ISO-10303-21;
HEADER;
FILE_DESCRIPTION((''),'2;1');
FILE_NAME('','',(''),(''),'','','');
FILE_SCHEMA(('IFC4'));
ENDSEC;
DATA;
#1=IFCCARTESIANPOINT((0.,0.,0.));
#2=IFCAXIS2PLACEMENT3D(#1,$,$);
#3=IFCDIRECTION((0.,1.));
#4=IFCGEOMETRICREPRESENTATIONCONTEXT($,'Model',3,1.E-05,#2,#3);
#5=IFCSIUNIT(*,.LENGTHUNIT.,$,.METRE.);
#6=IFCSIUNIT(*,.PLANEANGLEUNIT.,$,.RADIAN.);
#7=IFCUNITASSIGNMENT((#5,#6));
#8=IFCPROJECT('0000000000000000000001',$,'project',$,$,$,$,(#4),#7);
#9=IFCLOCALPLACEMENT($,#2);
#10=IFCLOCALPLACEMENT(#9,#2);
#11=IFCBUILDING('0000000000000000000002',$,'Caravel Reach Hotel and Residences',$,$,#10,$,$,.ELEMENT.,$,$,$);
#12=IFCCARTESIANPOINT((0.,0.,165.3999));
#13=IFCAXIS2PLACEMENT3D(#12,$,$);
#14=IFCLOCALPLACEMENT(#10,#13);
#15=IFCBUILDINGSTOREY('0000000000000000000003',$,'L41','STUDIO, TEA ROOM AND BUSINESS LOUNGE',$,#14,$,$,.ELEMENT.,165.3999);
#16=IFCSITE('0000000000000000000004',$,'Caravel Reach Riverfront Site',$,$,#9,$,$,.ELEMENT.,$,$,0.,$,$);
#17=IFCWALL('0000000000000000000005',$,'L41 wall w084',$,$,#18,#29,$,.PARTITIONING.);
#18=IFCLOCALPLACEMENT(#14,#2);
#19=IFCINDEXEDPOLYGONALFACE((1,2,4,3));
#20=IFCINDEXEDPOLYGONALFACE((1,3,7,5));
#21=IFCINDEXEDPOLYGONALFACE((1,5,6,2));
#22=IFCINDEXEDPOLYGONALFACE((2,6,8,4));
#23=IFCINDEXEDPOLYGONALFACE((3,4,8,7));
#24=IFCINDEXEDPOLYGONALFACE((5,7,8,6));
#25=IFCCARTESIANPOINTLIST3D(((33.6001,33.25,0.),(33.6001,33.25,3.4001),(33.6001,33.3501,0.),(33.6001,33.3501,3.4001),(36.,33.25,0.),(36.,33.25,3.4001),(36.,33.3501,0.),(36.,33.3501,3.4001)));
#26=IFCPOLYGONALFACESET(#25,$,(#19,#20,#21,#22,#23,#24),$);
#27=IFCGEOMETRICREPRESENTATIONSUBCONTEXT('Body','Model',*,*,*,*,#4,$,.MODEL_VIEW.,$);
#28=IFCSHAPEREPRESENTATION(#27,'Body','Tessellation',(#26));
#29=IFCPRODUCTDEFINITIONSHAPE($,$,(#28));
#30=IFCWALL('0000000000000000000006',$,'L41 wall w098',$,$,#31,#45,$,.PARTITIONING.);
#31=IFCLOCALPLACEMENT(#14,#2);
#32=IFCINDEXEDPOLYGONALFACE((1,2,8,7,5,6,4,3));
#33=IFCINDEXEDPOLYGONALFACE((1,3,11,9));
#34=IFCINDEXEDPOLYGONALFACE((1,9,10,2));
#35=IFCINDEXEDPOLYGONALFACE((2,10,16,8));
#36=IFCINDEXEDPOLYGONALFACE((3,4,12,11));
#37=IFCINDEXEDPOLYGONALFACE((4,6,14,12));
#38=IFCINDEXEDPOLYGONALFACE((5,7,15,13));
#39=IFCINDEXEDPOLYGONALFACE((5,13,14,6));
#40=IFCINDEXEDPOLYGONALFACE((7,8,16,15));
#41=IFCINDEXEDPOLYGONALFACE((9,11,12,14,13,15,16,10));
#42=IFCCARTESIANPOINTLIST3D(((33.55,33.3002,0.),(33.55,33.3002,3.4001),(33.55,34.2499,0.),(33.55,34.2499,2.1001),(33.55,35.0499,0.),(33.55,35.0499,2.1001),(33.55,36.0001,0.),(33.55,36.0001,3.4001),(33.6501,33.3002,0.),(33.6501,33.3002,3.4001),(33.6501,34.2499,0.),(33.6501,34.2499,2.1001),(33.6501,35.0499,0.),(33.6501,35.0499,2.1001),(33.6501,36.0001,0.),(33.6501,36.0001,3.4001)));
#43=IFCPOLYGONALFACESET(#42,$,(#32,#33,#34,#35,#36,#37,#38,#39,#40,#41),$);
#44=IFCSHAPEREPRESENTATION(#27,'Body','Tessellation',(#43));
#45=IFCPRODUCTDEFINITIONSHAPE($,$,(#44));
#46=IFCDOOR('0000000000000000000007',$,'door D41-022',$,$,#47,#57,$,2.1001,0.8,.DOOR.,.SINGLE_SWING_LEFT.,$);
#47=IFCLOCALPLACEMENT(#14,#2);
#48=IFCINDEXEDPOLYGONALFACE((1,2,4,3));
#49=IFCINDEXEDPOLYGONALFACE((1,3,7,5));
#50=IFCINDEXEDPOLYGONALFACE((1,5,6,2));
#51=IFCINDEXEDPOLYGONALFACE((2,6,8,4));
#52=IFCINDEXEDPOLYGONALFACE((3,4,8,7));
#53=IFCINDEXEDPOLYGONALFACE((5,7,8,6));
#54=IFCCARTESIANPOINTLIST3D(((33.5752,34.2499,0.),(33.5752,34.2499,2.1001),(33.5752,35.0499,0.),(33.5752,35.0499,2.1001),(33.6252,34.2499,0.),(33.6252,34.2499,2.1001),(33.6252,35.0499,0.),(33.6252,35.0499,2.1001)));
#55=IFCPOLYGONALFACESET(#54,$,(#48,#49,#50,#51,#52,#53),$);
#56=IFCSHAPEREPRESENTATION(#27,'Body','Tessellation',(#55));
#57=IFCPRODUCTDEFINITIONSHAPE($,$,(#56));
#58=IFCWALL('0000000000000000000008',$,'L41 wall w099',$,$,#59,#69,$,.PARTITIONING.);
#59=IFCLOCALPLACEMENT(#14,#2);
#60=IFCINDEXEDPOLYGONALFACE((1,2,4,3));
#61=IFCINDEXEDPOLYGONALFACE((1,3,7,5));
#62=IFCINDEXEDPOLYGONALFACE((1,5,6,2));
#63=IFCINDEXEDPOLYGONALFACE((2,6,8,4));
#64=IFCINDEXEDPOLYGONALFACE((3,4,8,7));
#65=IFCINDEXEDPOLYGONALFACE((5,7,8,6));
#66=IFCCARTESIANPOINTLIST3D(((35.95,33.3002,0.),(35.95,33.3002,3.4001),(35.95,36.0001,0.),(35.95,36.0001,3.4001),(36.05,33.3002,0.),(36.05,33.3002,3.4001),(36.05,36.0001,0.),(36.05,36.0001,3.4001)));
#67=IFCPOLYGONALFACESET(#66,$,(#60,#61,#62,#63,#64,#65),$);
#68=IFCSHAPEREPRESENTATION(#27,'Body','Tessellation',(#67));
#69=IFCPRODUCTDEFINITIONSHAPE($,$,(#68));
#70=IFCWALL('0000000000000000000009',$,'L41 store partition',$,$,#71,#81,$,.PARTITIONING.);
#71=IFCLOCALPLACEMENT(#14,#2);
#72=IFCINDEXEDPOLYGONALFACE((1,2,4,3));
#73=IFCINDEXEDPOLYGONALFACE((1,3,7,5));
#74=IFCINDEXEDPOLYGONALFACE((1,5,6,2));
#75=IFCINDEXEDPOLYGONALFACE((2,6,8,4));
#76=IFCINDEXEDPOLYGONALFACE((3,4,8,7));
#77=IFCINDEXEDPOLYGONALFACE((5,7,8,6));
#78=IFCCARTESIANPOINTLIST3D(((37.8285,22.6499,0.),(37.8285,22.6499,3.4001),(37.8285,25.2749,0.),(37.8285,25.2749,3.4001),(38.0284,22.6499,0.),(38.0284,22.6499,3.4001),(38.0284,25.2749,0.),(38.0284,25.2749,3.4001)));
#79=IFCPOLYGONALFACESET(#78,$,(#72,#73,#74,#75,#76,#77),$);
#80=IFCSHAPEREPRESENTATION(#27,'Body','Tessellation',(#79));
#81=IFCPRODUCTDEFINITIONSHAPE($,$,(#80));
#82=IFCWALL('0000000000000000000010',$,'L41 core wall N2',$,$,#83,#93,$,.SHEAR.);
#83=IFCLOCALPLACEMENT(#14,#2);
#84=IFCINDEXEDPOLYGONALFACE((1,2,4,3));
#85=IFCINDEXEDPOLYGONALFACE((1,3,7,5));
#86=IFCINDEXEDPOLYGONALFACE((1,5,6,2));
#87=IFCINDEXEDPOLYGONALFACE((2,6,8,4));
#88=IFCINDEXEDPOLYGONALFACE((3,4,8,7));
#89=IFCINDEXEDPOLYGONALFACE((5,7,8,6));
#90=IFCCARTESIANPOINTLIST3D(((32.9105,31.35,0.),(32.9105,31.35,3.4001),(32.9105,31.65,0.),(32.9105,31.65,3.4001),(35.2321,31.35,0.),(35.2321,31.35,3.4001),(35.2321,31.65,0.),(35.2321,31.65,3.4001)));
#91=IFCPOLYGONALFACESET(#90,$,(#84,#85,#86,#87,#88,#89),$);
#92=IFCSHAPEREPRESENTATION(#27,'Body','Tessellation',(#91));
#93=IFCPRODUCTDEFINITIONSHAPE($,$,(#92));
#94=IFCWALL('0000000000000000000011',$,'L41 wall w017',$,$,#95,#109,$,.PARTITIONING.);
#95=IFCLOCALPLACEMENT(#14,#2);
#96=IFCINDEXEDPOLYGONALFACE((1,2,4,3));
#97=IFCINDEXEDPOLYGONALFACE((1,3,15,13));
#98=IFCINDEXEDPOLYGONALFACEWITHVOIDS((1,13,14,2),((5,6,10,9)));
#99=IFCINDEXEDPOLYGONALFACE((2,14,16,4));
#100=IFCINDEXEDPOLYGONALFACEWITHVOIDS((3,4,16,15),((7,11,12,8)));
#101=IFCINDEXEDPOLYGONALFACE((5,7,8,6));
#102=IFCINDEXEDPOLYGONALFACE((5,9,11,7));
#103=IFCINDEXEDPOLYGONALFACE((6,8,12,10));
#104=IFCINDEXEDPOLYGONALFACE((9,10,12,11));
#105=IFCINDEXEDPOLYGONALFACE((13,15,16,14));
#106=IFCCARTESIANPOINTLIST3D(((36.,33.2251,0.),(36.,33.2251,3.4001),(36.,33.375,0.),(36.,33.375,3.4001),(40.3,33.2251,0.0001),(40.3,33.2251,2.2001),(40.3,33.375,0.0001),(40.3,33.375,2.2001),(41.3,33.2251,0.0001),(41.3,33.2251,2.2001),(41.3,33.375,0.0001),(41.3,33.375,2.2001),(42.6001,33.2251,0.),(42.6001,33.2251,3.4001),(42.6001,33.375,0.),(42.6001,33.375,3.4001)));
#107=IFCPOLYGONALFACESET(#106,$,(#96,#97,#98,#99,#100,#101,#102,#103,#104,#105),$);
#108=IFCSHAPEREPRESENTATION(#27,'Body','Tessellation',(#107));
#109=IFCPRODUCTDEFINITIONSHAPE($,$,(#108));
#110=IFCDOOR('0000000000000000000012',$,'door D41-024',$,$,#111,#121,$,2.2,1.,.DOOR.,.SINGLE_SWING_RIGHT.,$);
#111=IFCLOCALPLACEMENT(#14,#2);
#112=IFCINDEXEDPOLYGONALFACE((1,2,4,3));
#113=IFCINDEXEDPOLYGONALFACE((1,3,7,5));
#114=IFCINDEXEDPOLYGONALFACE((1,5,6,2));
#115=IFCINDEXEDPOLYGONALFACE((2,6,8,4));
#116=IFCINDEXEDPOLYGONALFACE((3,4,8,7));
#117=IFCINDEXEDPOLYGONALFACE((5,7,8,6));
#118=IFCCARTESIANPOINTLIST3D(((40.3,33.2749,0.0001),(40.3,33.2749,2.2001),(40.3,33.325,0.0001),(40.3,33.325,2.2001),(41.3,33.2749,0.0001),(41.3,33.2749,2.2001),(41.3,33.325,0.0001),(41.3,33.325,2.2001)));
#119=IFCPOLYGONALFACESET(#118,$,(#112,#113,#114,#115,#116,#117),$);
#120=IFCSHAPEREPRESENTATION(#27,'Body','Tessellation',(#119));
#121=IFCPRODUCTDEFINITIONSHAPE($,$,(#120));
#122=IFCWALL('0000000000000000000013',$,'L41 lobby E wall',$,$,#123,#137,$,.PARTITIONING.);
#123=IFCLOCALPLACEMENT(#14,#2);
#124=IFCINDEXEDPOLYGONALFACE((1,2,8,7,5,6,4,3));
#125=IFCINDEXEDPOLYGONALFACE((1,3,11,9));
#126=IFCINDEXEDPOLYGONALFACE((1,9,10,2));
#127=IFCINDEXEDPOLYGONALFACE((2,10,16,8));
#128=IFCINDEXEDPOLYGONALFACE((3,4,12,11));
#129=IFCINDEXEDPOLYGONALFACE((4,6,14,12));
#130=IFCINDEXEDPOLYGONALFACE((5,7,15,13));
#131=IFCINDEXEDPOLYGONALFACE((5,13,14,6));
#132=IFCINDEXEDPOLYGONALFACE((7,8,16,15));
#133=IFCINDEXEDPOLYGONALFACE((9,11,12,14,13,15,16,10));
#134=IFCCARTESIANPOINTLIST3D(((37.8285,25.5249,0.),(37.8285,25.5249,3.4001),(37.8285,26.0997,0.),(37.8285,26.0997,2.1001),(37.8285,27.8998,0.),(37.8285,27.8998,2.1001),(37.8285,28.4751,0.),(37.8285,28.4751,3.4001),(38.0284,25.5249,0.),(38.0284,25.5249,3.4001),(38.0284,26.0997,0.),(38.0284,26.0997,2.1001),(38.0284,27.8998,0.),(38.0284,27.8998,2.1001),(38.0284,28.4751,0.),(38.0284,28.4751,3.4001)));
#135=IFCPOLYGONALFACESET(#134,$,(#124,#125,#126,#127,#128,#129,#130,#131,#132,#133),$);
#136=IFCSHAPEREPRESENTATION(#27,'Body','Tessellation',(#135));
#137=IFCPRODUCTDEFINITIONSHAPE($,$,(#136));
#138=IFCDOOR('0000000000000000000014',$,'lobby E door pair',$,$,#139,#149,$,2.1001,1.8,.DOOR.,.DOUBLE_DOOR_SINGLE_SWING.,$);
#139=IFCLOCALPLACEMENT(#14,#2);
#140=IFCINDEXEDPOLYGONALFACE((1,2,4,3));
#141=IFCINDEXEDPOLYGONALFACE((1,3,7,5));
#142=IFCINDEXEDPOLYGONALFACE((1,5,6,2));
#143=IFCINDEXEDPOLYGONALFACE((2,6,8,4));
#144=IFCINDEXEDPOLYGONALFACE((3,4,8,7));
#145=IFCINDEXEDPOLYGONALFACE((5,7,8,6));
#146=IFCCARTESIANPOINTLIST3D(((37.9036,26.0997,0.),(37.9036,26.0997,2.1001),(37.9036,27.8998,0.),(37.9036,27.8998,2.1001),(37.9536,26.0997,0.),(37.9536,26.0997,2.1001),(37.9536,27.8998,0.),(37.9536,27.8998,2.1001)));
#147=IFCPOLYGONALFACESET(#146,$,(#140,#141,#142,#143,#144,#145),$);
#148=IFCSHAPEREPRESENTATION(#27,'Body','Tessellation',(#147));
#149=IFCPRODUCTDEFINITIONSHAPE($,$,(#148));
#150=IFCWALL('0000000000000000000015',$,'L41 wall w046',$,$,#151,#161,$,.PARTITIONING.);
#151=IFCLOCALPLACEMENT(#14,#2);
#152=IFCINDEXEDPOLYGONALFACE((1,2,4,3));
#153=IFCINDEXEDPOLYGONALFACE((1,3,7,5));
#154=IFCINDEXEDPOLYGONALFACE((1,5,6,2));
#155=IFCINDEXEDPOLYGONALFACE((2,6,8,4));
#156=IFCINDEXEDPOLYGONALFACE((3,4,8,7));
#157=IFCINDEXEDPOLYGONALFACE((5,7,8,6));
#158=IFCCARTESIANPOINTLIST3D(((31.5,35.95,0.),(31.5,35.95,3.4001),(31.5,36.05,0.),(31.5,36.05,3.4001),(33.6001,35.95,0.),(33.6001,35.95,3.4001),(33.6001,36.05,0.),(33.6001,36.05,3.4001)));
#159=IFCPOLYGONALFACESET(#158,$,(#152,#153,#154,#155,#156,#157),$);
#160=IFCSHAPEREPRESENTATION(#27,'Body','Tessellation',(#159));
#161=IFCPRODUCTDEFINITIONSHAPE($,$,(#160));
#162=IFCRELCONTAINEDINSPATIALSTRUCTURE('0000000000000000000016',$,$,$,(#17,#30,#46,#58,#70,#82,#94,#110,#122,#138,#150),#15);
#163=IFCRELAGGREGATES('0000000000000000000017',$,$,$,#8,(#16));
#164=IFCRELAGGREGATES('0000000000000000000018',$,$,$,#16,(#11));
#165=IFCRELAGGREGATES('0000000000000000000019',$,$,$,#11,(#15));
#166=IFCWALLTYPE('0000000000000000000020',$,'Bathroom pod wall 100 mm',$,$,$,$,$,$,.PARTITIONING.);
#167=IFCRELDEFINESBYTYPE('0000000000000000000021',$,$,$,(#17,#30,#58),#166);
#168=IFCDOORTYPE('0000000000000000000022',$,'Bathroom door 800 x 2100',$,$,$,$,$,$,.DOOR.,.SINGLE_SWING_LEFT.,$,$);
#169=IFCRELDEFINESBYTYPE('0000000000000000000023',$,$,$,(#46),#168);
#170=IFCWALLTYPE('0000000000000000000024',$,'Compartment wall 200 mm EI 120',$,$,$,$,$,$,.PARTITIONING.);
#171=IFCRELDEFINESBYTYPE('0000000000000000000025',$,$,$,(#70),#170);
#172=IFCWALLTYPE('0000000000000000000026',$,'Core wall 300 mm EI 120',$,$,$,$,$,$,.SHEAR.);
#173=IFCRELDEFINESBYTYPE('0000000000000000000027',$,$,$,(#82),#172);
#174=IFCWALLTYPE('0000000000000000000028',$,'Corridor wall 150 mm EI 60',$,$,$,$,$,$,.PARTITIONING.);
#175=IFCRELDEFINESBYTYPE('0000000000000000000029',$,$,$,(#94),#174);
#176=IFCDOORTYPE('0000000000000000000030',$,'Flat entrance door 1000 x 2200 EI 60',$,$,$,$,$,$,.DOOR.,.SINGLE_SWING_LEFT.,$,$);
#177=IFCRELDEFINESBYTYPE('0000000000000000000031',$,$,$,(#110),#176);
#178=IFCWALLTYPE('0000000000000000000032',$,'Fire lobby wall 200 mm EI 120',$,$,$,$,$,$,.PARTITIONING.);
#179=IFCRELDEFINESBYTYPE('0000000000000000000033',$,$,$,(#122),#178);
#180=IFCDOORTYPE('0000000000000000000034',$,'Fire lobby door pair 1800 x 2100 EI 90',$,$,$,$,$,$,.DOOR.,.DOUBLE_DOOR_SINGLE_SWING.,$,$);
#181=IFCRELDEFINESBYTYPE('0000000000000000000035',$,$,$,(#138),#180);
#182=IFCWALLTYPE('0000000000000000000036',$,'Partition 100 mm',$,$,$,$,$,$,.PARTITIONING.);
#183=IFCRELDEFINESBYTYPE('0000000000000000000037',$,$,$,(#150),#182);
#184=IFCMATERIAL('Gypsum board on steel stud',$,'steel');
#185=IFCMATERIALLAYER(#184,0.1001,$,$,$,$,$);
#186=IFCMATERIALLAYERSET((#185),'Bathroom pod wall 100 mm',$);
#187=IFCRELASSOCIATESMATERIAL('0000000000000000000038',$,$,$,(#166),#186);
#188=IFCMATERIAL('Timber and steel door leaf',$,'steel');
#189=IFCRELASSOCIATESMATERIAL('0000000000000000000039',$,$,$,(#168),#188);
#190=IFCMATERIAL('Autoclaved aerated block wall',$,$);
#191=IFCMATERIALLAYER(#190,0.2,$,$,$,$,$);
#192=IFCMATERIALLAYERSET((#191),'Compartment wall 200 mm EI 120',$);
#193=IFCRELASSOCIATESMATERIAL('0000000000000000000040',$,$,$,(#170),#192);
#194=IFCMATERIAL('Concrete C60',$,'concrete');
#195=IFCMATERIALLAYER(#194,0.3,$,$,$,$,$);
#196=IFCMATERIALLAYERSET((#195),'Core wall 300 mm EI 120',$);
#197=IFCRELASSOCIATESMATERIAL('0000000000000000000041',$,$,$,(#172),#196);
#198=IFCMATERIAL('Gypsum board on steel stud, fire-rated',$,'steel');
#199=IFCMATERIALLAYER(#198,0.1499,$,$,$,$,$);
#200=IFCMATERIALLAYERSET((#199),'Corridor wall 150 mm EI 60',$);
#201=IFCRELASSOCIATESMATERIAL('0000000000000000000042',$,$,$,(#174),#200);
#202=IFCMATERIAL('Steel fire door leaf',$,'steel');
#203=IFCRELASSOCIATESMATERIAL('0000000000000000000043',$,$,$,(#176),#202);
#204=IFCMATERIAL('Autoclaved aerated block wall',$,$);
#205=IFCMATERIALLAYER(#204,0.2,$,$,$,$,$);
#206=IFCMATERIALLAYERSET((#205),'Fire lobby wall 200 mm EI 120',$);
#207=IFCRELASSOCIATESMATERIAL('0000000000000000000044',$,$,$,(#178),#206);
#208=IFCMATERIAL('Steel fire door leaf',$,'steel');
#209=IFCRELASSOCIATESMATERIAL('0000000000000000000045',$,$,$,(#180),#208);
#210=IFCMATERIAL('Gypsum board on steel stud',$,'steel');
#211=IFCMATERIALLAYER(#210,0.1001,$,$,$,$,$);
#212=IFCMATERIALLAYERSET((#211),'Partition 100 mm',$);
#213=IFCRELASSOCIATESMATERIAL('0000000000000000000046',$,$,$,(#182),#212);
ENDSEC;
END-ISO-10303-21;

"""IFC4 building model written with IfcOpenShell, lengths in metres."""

from ifc_helpers import new_model, si_unit, direction, frame, frame_2d, origin, place, context, subcontext, project, spatial, rectangle, extrude, material, layer, layer_set, type_object, element, fill, save


model = new_model("IFC4")

# Units and contexts
model_context = context("Model", 3, precision=1e-05, world=origin(), true_north=direction((0.0, 1.0)))
body_context = subcontext(model_context, "Body", "Model", "MODEL_VIEW")
ifc_project = project(units=[si_unit("LENGTHUNIT", "METRE"), si_unit("PLANEANGLEUNIT", "RADIAN")], contexts=[model_context])

# Site, building, storey
site_placement = place(None, origin())
site = spatial("IfcSite", under=ifc_project, at=site_placement, Name="Caravel Reach Riverfront Site", CompositionType="ELEMENT", RefElevation=0.0)
building_placement = place(site_placement, origin())
building = spatial("IfcBuilding", under=site, at=building_placement, Name="Caravel Reach Hotel and Residences", CompositionType="ELEMENT")
storey_placement = place(building_placement, frame((0.0, 0.0, 165.3999)))
storey = spatial("IfcBuildingStorey", under=building, at=storey_placement, Name="L41", Description="STUDIO, TEA ROOM AND BUSINESS LOUNGE", CompositionType="ELEMENT", Elevation=165.3999)

# Wall
ifc_material_1 = material(Name="Gypsum board on steel stud", Category="steel")
ifc_layer_1 = layer(ifc_material_1, 0.1001)
ifc_layer_set_1 = layer_set([ifc_layer_1], Name="Bathroom pod wall 100 mm")
wall_type_1 = type_object("IfcWallType", Name="Bathroom pod wall 100 mm", PredefinedType="PARTITIONING", material=ifc_layer_set_1)
wall_1_placement = place(storey_placement, frame((33.6001, 33.3, 0.0), z_axis=(0.0, 0.0, 1.0), x_axis=(1.0, 0.0, 0.0)))
element("IfcWall", 1, at=wall_1_placement, inside=storey, type_object=wall_type_1, Name="L41 wall w084", PredefinedType="PARTITIONING", context=body_context, shape_type="SweptSolid", body=[
    extrude(rectangle(XDim=2.3999, YDim=0.1001, at=frame_2d((1.2, 0.0))), origin(), (0.0, 0.0, 1.0), 3.4001),
])

# Wall, opening, door
wall_2_placement = place(storey_placement, frame((33.6001, 33.3, 0.0), z_axis=(0.0, 0.0, 1.0), x_axis=(0.0, 1.0, 0.0)))
wall_2 = element("IfcWall", 2, at=wall_2_placement, inside=storey, type_object=wall_type_1, Name="L41 wall w098", PredefinedType="PARTITIONING", context=body_context, shape_type="SweptSolid", body=[
    extrude(rectangle(XDim=2.7, YDim=0.1001, at=frame_2d((1.3501, 0.0))), origin(), (0.0, 0.0, 1.0), 3.4001),
])
opening_1_placement = place(wall_2_placement, frame((0.95, 0.0, 0.0)))
opening_1 = element("IfcOpeningElement", 3, at=opening_1_placement, cuts=wall_2, PredefinedType="OPENING", context=body_context, shape_type="SweptSolid", body=[
    extrude(rectangle(XDim=0.8, YDim=2.1001, at=frame_2d((0.3999, 1.05))), frame((0.0, 0.0601, 0.0), z_axis=(0.0, -1.0, 0.0), x_axis=(1.0, 0.0, 0.0)), (0.0, 0.0, 1.0), 0.1201),
])
ifc_material_2 = material(Name="Timber and steel door leaf", Category="steel")
door_type_1 = type_object("IfcDoorType", Name="Bathroom door 800 x 2100", OperationType="SINGLE_SWING_LEFT", PredefinedType="DOOR", material=ifc_material_2)
door_1_placement = place(opening_1_placement, origin())
door_1 = element("IfcDoor", 4, at=door_1_placement, inside=storey, type_object=door_type_1, Name="door D41-022", OperationType="SINGLE_SWING_LEFT", OverallHeight=2.1001, OverallWidth=0.8, PredefinedType="DOOR", context=body_context, shape_type="SweptSolid", body=[
    extrude(rectangle(XDim=0.8, YDim=2.1001, at=frame_2d((0.3999, 1.05))), frame((0.0, 0.0249, 0.0), z_axis=(0.0, -1.0, 0.0), x_axis=(1.0, 0.0, 0.0)), (0.0, 0.0, 1.0), 0.05),
])
fill(opening_1, door_1)

# Walls
wall_3_placement = place(storey_placement, frame((36.0, 33.3, 0.0), z_axis=(0.0, 0.0, 1.0), x_axis=(0.0, 1.0, 0.0)))
element("IfcWall", 5, at=wall_3_placement, inside=storey, type_object=wall_type_1, Name="L41 wall w099", PredefinedType="PARTITIONING", context=body_context, shape_type="SweptSolid", body=[
    extrude(rectangle(XDim=2.7, YDim=0.1001, at=frame_2d((1.3501, 0.0))), origin(), (0.0, 0.0, 1.0), 3.4001),
])
ifc_material_3 = material(Name="Autoclaved aerated block wall")
ifc_layer_2 = layer(ifc_material_3, 0.2)
ifc_layer_set_2 = layer_set([ifc_layer_2], Name="Compartment wall 200 mm EI 120")
wall_type_2 = type_object("IfcWallType", Name="Compartment wall 200 mm EI 120", PredefinedType="PARTITIONING", material=ifc_layer_set_2)
wall_4_placement = place(storey_placement, frame((37.9285, 22.6499, 0.0), z_axis=(0.0, 0.0, 1.0), x_axis=(0.0, 1.0, 0.0)))
element("IfcWall", 6, at=wall_4_placement, inside=storey, type_object=wall_type_2, Name="L41 store partition", PredefinedType="PARTITIONING", context=body_context, shape_type="SweptSolid", body=[
    extrude(rectangle(XDim=2.625, YDim=0.2, at=frame_2d((1.3125, 0.0))), origin(), (0.0, 0.0, 1.0), 3.4001),
])
ifc_material_4 = material(Name="Concrete C60", Category="concrete")
ifc_layer_3 = layer(ifc_material_4, 0.3)
ifc_layer_set_3 = layer_set([ifc_layer_3], Name="Core wall 300 mm EI 120")
wall_type_3 = type_object("IfcWallType", Name="Core wall 300 mm EI 120", PredefinedType="SHEAR", material=ifc_layer_set_3)
wall_5_placement = place(storey_placement, frame((32.9106, 31.5, 0.0), z_axis=(0.0, 0.0, 1.0), x_axis=(1.0, 0.0, 0.0)))
element("IfcWall", 7, at=wall_5_placement, inside=storey, type_object=wall_type_3, Name="L41 core wall N2", PredefinedType="SHEAR", context=body_context, shape_type="SweptSolid", body=[
    extrude(rectangle(XDim=2.3215, YDim=0.3, at=frame_2d((1.1606, 0.0))), origin(), (0.0, 0.0, 1.0), 3.4001),
])

# Walls, openings, doors
ifc_material_5 = material(Name="Gypsum board on steel stud, fire-rated", Category="steel")
ifc_layer_4 = layer(ifc_material_5, 0.1499)
ifc_layer_set_4 = layer_set([ifc_layer_4], Name="Corridor wall 150 mm EI 60")
wall_type_4 = type_object("IfcWallType", Name="Corridor wall 150 mm EI 60", PredefinedType="PARTITIONING", material=ifc_layer_set_4)
wall_6_placement = place(storey_placement, frame((36.0, 33.3, 0.0), z_axis=(0.0, 0.0, 1.0), x_axis=(1.0, 0.0, 0.0)))
wall_6 = element("IfcWall", 8, at=wall_6_placement, inside=storey, type_object=wall_type_4, Name="L41 wall w017", PredefinedType="PARTITIONING", context=body_context, shape_type="SweptSolid", body=[
    extrude(rectangle(XDim=6.6001, YDim=0.1499, at=frame_2d((3.3, 0.0))), origin(), (0.0, 0.0, 1.0), 3.4001),
])
opening_2_placement = place(wall_6_placement, frame((4.3, 0.0, 0.0)))
opening_2 = element("IfcOpeningElement", 9, at=opening_2_placement, cuts=wall_6, PredefinedType="OPENING", context=body_context, shape_type="SweptSolid", body=[
    extrude(rectangle(XDim=1.0, YDim=2.2, at=frame_2d((0.5, 1.1001))), frame((0.0, 0.085, 0.0), z_axis=(0.0, -1.0, 0.0), x_axis=(1.0, 0.0, 0.0)), (0.0, 0.0, 1.0), 0.1699),
])
ifc_material_6 = material(Name="Steel fire door leaf", Category="steel")
door_type_2 = type_object("IfcDoorType", Name="Flat entrance door 1000 x 2200 EI 60", OperationType="SINGLE_SWING_LEFT", PredefinedType="DOOR", material=ifc_material_6)
door_2_placement = place(opening_2_placement, origin())
door_2 = element("IfcDoor", 10, at=door_2_placement, inside=storey, type_object=door_type_2, Name="door D41-024", OperationType="SINGLE_SWING_RIGHT", OverallHeight=2.2, OverallWidth=1.0, PredefinedType="DOOR", context=body_context, shape_type="SweptSolid", body=[
    extrude(rectangle(XDim=1.0, YDim=2.2, at=frame_2d((0.5, 1.1001))), frame((0.0, 0.0249, 0.0), z_axis=(0.0, -1.0, 0.0), x_axis=(1.0, 0.0, 0.0)), (0.0, 0.0, 1.0), 0.05),
])
fill(opening_2, door_2)
ifc_material_7 = material(Name="Autoclaved aerated block wall")
ifc_layer_5 = layer(ifc_material_7, 0.2)
ifc_layer_set_5 = layer_set([ifc_layer_5], Name="Fire lobby wall 200 mm EI 120")
wall_type_5 = type_object("IfcWallType", Name="Fire lobby wall 200 mm EI 120", PredefinedType="PARTITIONING", material=ifc_layer_set_5)
wall_7_placement = place(storey_placement, frame((37.9285, 25.5249, 0.0), z_axis=(0.0, 0.0, 1.0), x_axis=(0.0, 1.0, 0.0)))
wall_7 = element("IfcWall", 11, at=wall_7_placement, inside=storey, type_object=wall_type_5, Name="L41 lobby E wall", PredefinedType="PARTITIONING", context=body_context, shape_type="SweptSolid", body=[
    extrude(rectangle(XDim=2.9502, YDim=0.2, at=frame_2d((1.4751, 0.0))), origin(), (0.0, 0.0, 1.0), 3.4001),
])
opening_3_placement = place(wall_7_placement, frame((0.575, 0.0, 0.0)))
opening_3 = element("IfcOpeningElement", 12, at=opening_3_placement, cuts=wall_7, PredefinedType="OPENING", context=body_context, shape_type="SweptSolid", body=[
    extrude(rectangle(XDim=1.8, YDim=2.1001, at=frame_2d((0.8999, 1.05))), frame((0.0, 0.1099, 0.0), z_axis=(0.0, -1.0, 0.0), x_axis=(1.0, 0.0, 0.0)), (0.0, 0.0, 1.0), 0.22),
])
ifc_material_8 = material(Name="Steel fire door leaf", Category="steel")
door_type_3 = type_object("IfcDoorType", Name="Fire lobby door pair 1800 x 2100 EI 90", OperationType="DOUBLE_DOOR_SINGLE_SWING", PredefinedType="DOOR", material=ifc_material_8)
door_3_placement = place(opening_3_placement, origin())
door_3 = element("IfcDoor", 13, at=door_3_placement, inside=storey, type_object=door_type_3, Name="lobby E door pair", OperationType="DOUBLE_DOOR_SINGLE_SWING", OverallHeight=2.1001, OverallWidth=1.8, PredefinedType="DOOR", context=body_context, shape_type="SweptSolid", body=[
    extrude(rectangle(XDim=1.8, YDim=2.1001, at=frame_2d((0.8999, 1.05))), frame((0.0, 0.0249, 0.0), z_axis=(0.0, -1.0, 0.0), x_axis=(1.0, 0.0, 0.0)), (0.0, 0.0, 1.0), 0.05),
])
fill(opening_3, door_3)

# Wall
ifc_material_9 = material(Name="Gypsum board on steel stud", Category="steel")
ifc_layer_6 = layer(ifc_material_9, 0.1001)
ifc_layer_set_6 = layer_set([ifc_layer_6], Name="Partition 100 mm")
wall_type_6 = type_object("IfcWallType", Name="Partition 100 mm", PredefinedType="PARTITIONING", material=ifc_layer_set_6)
wall_8_placement = place(storey_placement, frame((31.5, 36.0, 0.0), z_axis=(0.0, 0.0, 1.0), x_axis=(1.0, 0.0, 0.0)))
element("IfcWall", 14, at=wall_8_placement, inside=storey, type_object=wall_type_6, Name="L41 wall w046", PredefinedType="PARTITIONING", context=body_context, shape_type="SweptSolid", body=[
    extrude(rectangle(XDim=2.1001, YDim=0.1001, at=frame_2d((1.05, 0.0))), origin(), (0.0, 0.0, 1.0), 3.4001),
])

save(model, "model.ifc")
